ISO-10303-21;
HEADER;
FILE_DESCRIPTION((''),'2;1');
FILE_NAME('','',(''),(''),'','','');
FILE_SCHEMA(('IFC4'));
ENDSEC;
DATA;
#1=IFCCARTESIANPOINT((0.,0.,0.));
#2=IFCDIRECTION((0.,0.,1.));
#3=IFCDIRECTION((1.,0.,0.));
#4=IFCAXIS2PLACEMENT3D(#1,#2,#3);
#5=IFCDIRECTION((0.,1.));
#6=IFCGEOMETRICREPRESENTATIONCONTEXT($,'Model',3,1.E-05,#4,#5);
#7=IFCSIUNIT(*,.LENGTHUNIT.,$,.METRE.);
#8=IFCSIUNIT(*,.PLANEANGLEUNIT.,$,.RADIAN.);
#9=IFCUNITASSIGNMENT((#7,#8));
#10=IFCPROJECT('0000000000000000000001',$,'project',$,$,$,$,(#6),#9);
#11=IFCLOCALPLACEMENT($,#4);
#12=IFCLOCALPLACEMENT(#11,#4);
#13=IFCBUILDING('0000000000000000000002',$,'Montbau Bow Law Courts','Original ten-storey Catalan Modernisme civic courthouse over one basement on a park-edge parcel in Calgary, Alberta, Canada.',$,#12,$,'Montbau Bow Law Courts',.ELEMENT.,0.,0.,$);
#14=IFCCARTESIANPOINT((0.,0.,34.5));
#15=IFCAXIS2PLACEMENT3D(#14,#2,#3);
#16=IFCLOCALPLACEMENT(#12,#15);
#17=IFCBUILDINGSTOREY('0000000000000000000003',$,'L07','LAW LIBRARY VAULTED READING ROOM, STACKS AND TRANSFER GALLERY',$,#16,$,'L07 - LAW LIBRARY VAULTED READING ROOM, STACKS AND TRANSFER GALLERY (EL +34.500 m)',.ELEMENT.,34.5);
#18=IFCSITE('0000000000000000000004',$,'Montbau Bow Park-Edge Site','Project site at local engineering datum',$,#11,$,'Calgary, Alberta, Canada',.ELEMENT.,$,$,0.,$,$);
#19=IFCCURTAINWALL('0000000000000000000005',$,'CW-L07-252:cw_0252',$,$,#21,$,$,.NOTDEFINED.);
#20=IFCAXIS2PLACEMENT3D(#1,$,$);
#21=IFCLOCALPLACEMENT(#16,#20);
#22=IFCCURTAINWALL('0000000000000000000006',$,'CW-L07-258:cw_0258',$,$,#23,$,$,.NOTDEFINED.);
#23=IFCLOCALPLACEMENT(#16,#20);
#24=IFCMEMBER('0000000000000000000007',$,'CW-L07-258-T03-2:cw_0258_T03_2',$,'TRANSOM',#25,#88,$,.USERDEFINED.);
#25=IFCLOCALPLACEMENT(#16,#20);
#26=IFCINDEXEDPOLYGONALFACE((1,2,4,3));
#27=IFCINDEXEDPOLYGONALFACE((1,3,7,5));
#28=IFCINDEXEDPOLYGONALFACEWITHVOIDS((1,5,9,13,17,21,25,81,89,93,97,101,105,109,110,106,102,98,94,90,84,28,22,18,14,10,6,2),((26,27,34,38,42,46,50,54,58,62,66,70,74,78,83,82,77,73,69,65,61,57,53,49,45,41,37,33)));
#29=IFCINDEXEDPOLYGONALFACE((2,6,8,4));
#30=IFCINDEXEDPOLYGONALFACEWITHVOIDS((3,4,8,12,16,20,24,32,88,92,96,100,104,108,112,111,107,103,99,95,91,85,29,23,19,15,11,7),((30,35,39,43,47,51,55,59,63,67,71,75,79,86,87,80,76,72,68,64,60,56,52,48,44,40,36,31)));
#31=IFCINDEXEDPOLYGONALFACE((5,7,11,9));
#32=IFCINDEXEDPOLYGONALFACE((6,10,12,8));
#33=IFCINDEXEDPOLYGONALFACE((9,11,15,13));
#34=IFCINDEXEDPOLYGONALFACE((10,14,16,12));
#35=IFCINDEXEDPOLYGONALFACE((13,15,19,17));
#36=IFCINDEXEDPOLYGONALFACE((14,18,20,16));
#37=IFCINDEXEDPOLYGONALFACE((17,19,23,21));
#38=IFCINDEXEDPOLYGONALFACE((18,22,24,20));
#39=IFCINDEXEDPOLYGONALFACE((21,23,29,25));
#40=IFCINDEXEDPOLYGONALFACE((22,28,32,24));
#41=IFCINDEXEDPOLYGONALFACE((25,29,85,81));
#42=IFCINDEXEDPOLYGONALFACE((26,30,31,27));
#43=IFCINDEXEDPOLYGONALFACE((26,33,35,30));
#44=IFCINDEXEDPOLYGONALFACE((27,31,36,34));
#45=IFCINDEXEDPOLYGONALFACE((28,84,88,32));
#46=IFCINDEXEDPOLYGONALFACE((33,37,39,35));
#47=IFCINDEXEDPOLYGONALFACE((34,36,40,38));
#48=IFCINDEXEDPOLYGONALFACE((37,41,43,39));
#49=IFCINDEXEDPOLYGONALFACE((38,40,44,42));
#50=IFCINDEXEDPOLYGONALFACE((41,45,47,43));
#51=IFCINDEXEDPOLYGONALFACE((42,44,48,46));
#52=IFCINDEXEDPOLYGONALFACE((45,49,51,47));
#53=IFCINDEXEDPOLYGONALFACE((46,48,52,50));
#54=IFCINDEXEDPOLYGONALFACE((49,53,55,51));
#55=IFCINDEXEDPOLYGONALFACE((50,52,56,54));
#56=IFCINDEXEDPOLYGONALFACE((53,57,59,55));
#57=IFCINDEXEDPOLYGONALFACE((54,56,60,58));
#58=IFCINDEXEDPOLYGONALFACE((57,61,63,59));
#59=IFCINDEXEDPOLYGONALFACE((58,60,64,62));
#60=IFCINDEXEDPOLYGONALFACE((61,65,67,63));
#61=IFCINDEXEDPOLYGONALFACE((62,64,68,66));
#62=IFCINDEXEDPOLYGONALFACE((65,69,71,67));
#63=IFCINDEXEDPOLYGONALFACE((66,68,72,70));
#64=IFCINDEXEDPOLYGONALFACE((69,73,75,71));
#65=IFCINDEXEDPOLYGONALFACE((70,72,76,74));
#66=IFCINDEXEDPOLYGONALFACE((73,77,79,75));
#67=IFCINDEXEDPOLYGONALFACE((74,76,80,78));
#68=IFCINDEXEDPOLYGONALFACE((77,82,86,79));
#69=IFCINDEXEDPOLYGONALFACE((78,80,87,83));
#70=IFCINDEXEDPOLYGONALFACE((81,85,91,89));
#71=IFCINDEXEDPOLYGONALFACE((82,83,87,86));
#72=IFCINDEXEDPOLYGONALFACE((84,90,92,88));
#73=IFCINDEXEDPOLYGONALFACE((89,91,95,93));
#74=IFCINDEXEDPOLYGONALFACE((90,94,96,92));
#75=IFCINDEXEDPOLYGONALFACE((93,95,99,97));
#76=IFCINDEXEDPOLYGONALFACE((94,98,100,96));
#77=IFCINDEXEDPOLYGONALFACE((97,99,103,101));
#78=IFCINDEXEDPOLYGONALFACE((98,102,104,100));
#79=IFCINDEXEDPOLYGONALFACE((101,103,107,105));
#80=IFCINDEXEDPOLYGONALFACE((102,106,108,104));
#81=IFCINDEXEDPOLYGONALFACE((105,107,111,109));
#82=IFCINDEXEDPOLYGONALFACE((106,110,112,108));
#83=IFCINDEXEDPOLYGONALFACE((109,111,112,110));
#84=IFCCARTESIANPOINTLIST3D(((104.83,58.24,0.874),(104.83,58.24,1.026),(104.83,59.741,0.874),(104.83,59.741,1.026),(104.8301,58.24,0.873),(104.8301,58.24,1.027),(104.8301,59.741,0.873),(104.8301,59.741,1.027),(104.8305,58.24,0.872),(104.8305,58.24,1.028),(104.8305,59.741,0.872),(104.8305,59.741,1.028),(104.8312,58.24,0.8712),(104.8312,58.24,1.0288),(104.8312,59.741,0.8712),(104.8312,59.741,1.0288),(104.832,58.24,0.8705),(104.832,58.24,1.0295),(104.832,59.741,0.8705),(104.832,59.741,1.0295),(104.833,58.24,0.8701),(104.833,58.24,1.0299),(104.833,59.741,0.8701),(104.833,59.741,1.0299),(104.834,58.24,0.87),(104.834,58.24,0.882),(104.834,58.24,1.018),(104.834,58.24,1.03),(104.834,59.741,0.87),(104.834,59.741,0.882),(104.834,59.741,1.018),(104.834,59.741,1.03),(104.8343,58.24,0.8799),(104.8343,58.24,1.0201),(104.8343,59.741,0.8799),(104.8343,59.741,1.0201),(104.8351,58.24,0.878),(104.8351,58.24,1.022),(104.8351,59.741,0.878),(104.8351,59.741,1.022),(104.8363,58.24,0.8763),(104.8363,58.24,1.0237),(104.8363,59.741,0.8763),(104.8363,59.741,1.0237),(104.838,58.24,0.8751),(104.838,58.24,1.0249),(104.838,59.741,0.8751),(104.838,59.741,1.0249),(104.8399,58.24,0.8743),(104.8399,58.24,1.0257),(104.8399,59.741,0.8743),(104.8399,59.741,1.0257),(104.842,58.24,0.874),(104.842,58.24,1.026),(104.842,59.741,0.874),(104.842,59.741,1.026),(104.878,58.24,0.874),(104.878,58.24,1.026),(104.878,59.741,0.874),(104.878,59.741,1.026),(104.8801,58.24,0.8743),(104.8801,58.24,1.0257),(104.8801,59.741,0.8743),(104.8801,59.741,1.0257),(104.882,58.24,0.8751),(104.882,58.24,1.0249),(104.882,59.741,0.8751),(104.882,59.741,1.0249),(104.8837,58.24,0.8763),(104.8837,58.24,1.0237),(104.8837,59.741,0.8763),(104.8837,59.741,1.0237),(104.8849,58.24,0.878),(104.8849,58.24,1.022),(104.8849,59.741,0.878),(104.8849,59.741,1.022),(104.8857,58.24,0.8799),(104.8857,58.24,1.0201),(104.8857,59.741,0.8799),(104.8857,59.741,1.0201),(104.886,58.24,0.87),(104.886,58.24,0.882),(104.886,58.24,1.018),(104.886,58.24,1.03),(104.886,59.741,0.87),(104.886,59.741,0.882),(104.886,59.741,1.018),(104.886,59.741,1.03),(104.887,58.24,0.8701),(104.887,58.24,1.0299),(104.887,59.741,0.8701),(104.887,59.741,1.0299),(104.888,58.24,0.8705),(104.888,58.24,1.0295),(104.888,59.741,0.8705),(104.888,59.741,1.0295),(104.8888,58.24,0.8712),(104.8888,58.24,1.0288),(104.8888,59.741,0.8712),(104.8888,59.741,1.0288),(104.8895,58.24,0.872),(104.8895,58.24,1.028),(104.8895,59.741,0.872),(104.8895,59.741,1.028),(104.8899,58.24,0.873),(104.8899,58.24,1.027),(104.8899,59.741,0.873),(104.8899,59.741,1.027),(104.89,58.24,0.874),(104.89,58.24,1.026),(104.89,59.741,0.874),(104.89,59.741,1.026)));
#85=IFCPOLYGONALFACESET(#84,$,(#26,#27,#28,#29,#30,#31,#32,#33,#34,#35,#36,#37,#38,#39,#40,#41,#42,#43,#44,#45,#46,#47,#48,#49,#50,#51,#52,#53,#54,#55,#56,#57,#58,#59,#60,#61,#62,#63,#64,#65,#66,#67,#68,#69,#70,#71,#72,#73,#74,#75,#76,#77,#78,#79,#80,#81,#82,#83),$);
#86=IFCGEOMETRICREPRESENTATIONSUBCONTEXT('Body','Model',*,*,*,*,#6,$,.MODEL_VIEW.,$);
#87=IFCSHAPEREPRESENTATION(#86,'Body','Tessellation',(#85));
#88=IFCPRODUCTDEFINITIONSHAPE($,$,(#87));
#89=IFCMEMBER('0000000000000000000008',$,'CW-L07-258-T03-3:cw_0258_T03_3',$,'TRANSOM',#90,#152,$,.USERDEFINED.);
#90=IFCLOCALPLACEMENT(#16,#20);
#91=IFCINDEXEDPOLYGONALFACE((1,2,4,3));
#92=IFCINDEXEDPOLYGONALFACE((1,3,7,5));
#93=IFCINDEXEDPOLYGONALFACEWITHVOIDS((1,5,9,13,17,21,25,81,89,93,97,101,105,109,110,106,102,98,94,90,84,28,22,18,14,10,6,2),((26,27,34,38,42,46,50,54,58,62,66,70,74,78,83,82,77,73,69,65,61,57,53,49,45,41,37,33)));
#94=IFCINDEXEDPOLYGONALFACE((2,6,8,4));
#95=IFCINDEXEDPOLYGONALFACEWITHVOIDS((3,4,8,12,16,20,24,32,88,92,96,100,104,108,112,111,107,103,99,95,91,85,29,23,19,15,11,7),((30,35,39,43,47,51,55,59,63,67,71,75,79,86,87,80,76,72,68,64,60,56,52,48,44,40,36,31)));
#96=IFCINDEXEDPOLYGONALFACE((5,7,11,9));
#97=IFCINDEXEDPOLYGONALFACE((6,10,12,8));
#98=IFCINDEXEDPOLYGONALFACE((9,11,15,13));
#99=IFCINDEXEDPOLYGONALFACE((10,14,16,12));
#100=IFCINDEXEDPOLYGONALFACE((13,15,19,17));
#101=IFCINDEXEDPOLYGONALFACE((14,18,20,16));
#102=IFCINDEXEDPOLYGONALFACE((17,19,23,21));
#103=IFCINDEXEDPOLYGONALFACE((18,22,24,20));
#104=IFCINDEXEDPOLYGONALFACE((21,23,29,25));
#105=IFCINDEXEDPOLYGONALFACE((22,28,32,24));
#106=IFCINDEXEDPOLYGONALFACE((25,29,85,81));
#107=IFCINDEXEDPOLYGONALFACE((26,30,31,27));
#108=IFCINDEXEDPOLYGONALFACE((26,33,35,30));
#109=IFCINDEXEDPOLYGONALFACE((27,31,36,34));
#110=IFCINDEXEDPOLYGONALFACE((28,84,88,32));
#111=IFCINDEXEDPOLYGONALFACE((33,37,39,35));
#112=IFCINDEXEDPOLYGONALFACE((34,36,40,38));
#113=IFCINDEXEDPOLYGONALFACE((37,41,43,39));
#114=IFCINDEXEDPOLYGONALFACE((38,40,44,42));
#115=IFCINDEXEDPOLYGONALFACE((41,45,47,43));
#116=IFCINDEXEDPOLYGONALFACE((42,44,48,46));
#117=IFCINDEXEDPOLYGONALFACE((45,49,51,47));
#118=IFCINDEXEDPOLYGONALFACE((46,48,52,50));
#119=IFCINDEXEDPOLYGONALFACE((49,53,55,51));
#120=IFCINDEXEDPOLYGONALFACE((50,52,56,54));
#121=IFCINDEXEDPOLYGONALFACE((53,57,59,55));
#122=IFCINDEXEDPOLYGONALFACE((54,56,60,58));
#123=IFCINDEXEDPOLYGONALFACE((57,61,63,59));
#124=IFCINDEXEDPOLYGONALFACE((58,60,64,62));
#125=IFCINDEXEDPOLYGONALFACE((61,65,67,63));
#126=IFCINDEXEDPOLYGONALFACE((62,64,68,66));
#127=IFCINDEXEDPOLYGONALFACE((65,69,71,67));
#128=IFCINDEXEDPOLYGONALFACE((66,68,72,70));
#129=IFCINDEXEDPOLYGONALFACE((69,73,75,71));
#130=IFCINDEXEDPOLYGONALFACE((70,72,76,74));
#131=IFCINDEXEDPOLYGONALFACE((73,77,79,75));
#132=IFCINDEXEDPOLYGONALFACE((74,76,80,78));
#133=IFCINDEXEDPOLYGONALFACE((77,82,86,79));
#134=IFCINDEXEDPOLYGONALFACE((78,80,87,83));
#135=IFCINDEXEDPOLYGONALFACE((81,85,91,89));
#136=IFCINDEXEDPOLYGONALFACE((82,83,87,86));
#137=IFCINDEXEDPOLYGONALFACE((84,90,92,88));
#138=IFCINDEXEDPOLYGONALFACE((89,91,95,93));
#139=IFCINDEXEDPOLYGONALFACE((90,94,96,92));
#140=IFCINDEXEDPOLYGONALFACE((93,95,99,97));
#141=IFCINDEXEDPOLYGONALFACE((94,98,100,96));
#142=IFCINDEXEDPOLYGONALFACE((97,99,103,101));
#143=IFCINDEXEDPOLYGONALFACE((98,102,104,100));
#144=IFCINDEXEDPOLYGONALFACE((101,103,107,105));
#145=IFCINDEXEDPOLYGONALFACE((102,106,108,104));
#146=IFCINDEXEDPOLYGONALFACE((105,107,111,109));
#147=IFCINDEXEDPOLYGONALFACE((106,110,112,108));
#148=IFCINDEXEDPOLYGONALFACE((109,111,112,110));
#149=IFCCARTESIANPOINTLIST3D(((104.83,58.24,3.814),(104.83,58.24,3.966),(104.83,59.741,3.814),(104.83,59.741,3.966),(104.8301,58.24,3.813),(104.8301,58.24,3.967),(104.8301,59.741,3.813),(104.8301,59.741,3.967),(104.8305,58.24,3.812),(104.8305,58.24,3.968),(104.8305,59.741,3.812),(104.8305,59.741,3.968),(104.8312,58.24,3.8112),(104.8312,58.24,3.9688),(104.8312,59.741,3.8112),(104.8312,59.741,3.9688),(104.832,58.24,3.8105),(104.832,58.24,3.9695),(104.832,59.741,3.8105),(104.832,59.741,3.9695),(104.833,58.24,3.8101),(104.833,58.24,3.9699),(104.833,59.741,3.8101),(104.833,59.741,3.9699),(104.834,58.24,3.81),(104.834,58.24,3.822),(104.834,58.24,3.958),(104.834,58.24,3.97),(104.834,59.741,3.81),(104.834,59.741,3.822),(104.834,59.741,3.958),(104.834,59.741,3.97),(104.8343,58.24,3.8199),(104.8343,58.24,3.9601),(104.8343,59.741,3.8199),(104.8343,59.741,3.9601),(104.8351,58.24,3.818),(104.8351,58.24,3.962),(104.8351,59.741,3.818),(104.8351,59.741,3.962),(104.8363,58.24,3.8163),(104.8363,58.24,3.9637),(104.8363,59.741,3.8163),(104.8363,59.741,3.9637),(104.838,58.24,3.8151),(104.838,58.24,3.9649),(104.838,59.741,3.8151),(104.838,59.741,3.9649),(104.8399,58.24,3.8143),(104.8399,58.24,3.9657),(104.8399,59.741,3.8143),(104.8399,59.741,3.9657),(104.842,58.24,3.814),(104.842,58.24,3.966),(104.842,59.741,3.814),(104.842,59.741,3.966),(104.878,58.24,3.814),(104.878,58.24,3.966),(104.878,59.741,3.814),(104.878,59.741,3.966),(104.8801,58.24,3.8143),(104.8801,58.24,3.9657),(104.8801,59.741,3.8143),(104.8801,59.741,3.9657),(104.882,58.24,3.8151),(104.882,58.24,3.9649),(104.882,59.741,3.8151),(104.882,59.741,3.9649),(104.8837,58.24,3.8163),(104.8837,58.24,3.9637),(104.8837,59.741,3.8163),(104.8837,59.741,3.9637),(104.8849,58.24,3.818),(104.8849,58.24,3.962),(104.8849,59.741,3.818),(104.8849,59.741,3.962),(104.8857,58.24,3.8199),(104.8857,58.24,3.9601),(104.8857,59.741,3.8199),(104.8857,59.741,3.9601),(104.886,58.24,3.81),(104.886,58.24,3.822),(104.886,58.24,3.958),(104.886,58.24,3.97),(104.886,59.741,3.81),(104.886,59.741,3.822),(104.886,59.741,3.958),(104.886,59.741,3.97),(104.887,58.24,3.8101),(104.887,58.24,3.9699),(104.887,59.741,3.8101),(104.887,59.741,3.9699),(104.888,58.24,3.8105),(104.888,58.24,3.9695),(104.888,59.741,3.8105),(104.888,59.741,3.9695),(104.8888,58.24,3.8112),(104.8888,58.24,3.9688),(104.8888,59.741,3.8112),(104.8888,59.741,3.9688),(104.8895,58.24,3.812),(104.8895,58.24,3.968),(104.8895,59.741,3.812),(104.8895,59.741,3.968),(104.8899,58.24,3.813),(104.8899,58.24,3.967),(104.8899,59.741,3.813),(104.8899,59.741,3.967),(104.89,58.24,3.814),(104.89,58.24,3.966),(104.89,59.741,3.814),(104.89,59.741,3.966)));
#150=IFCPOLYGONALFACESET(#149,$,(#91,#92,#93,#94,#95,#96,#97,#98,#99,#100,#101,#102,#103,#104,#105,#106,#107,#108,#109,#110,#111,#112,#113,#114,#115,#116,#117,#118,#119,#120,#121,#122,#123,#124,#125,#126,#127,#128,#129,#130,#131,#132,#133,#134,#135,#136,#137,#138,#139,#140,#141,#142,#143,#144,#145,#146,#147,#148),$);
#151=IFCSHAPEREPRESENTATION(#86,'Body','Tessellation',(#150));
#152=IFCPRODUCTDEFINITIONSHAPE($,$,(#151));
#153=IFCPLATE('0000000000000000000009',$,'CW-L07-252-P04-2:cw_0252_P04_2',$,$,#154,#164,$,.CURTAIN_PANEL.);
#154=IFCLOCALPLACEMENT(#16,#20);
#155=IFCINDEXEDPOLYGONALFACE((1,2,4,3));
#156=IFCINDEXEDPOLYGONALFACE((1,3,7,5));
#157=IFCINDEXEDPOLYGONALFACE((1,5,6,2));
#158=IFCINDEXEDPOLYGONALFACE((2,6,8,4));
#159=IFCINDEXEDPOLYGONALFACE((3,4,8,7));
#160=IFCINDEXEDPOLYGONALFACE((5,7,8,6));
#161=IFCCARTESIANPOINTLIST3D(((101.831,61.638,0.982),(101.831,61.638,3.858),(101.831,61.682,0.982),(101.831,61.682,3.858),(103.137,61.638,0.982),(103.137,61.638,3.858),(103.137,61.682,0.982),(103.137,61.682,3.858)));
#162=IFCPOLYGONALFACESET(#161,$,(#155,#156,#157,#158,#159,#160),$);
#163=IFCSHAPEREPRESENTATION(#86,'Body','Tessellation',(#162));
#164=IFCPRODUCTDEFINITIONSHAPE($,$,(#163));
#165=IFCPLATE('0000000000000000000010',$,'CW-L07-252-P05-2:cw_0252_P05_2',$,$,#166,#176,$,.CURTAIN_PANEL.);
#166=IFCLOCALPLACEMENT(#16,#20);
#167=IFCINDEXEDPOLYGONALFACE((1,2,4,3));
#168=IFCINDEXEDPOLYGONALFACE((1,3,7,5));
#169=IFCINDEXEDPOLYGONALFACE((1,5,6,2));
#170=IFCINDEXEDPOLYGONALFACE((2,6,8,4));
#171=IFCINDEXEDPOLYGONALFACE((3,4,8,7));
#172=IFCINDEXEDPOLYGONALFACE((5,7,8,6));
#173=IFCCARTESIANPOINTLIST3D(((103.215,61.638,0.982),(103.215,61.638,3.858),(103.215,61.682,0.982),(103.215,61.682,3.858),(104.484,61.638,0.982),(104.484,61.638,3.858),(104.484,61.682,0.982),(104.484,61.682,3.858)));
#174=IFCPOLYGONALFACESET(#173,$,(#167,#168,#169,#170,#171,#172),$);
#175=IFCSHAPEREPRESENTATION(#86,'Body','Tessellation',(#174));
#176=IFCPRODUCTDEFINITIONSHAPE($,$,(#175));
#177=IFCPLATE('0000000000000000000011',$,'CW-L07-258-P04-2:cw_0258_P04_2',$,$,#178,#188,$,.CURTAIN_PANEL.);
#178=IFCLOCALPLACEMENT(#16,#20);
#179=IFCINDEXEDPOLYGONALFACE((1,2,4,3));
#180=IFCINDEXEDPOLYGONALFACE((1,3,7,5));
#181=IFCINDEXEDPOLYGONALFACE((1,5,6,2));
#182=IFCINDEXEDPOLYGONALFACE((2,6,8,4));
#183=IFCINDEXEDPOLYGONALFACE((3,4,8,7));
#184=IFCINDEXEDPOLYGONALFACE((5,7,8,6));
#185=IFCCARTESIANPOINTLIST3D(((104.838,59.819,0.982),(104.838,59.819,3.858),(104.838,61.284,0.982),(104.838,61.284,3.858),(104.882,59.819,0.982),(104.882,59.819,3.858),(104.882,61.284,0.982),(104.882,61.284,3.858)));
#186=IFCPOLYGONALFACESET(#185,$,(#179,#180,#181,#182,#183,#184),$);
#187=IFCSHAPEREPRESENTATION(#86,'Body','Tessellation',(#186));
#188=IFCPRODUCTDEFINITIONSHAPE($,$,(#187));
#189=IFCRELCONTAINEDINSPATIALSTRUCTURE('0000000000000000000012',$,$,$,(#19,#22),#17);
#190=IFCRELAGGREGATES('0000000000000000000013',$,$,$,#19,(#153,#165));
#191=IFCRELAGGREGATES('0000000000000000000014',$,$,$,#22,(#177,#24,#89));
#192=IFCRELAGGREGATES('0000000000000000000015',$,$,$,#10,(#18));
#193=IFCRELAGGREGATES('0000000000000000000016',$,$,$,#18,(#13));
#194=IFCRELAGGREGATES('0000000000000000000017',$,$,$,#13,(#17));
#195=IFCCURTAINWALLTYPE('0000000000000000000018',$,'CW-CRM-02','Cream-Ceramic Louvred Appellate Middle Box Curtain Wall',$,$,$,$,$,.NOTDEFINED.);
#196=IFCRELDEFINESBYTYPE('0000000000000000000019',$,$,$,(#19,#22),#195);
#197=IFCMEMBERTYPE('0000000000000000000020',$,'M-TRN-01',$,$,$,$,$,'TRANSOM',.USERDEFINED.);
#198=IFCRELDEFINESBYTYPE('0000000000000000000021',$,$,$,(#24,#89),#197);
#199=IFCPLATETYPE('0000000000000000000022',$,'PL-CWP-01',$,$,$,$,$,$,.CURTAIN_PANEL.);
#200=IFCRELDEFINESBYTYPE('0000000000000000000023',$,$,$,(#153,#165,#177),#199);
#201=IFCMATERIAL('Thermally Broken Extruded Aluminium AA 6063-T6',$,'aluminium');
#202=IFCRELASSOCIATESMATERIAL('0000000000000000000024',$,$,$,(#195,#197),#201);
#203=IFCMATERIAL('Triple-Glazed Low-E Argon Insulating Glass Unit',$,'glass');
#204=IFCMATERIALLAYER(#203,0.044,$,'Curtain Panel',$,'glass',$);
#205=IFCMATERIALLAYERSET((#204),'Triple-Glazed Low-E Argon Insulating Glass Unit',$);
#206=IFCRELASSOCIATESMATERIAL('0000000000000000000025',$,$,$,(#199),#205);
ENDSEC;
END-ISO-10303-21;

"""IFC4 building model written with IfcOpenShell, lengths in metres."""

from ifc_helpers import new_model, si_unit, direction, frame, frame_2d, origin_with_axes, origin_2d_with_axis, place, context, subcontext, project, spatial, rectangle, hollow_rectangle, extrude, material, layer, layer_set, material_profile, profile_set, type_object, element, aggregate, save


model = new_model("IFC4")

# Units and contexts
model_context = context("Model", 3, precision=1e-05, world=origin_with_axes(), true_north=direction((0.0, 1.0)))
body_context = subcontext(model_context, "Body", "Model", "MODEL_VIEW")
ifc_project = project(units=[si_unit("LENGTHUNIT", "METRE"), si_unit("PLANEANGLEUNIT", "RADIAN")], contexts=[model_context])

# Site, building, storey
site_placement = place(None, origin_with_axes())
site = spatial("IfcSite", under=ifc_project, at=site_placement, Name="Montbau Bow Park-Edge Site", Description="Project site at local engineering datum", LongName="Calgary, Alberta, Canada", CompositionType="ELEMENT", RefElevation=0.0)
building_placement = place(site_placement, origin_with_axes())
building = spatial("IfcBuilding", under=site, at=building_placement, Name="Montbau Bow Law Courts", Description="Original ten-storey Catalan Modernisme civic courthouse over one basement on a park-edge parcel in Calgary, Alberta, Canada.", LongName="Montbau Bow Law Courts", CompositionType="ELEMENT", ElevationOfRefHeight=0.0, ElevationOfTerrain=0.0)
storey_placement = place(building_placement, frame((0.0, 0.0, 34.5), z_axis=(0.0, 0.0, 1.0), x_axis=(1.0, 0.0, 0.0)))
storey = spatial("IfcBuildingStorey", under=building, at=storey_placement, Name="L07", Description="LAW LIBRARY VAULTED READING ROOM, STACKS AND TRANSFER GALLERY", LongName="L07 - LAW LIBRARY VAULTED READING ROOM, STACKS AND TRANSFER GALLERY (EL +34.500 m)", CompositionType="ELEMENT", Elevation=34.5)

# Curtain wall
ifc_material_1 = material(Name="Thermally Broken Extruded Aluminium AA 6063-T6", Category="aluminium")
curtain_wall_type = type_object("IfcCurtainWallType", Name="CW-CRM-02", Description="Cream-Ceramic Louvred Appellate Middle Box Curtain Wall", PredefinedType="NOTDEFINED", material=ifc_material_1)
curtain_wall_1_placement = place(None, frame((97.64, 61.66, 34.5), z_axis=(0.0, 0.0, 1.0), x_axis=(1.0, 0.0, 0.0)))
curtain_wall_1 = element("IfcCurtainWall", 1, at=curtain_wall_1_placement, inside=storey, type_object=curtain_wall_type, Name="CW-L07-252:cw_0252", PredefinedType="NOTDEFINED")

# Curtain wall
curtain_wall_2_placement = place(None, frame((104.86, 55.04, 34.5), z_axis=(0.0, 0.0, 1.0), x_axis=(1.0, 0.0, 0.0)))
curtain_wall_2 = element("IfcCurtainWall", 2, at=curtain_wall_2_placement, inside=storey, type_object=curtain_wall_type, Name="CW-L07-258:cw_0258", PredefinedType="NOTDEFINED")

# Members
ifc_material_profile_1 = material_profile(ifc_material_1, hollow_rectangle(XDim=0.06, YDim=0.16, WallThickness=0.004, InnerFilletRadius=0.008, OuterFilletRadius=0.004, at=origin_2d_with_axis()), Name="CWT-160X60", Category="Main", Priority=0)
ifc_profile_set_1 = profile_set([ifc_material_profile_1], Name="Thermally Broken Extruded Aluminium AA 6063-T6")
member_type_1 = type_object("IfcMemberType", Name="M-TRN-01", ElementType="TRANSOM", PredefinedType="USERDEFINED", material=ifc_profile_set_1)
member_1_placement = place(None, frame((104.86, 58.24, 35.45), z_axis=(0.0, 1.0, 0.0), x_axis=(-1.0, 0.0, 0.0)))
member_1 = element("IfcMember", 3, at=member_1_placement, type_object=member_type_1, Name="CW-L07-258-T03-2:cw_0258_T03_2", ObjectType="TRANSOM", PredefinedType="USERDEFINED", context=body_context, shape_type="SweptSolid", body=[
    extrude(hollow_rectangle(XDim=0.06, YDim=0.16, WallThickness=0.004, InnerFilletRadius=0.008, OuterFilletRadius=0.004, at=origin_2d_with_axis()), origin_with_axes(), (0.0, 0.0, 1.0), 1.501),
])
member_2_placement = place(None, frame((104.86, 58.24, 38.39), z_axis=(0.0, 1.0, 0.0), x_axis=(-1.0, 0.0, 0.0)))
member_2 = element("IfcMember", 4, at=member_2_placement, type_object=member_type_1, Name="CW-L07-258-T03-3:cw_0258_T03_3", ObjectType="TRANSOM", PredefinedType="USERDEFINED", context=body_context, shape_type="SweptSolid", body=[
    extrude(hollow_rectangle(XDim=0.06, YDim=0.16, WallThickness=0.004, InnerFilletRadius=0.008, OuterFilletRadius=0.004, at=origin_2d_with_axis()), origin_with_axes(), (0.0, 0.0, 1.0), 1.501),
])

# Plates
ifc_material_2 = material(Name="Triple-Glazed Low-E Argon Insulating Glass Unit", Category="glass")
ifc_layer_1 = layer(ifc_material_2, 0.044, Name="Curtain Panel", Category="glass")
ifc_layer_set_1 = layer_set([ifc_layer_1], Name="Triple-Glazed Low-E Argon Insulating Glass Unit")
plate_type_1 = type_object("IfcPlateType", Name="PL-CWP-01", PredefinedType="CURTAIN_PANEL", material=ifc_layer_set_1)
plate_1_placement = place(None, frame((101.831, 61.66, 35.482), z_axis=(0.0, -1.0, 0.0), x_axis=(1.0, 0.0, 0.0)))
plate_1 = element("IfcPlate", 5, at=plate_1_placement, type_object=plate_type_1, Name="CW-L07-252-P04-2:cw_0252_P04_2", PredefinedType="CURTAIN_PANEL", context=body_context, shape_type="SweptSolid", body=[
    extrude(rectangle(XDim=1.306, YDim=2.876, at=frame_2d((0.653, 1.438), x_axis=(1.0, 0.0))), frame((0.0, 0.0, -0.022), z_axis=(0.0, 0.0, 1.0), x_axis=(1.0, 0.0, 0.0)), (0.0, 0.0, 1.0), 0.044),
])
plate_2_placement = place(None, frame((103.215, 61.66, 35.482), z_axis=(0.0, -1.0, 0.0), x_axis=(1.0, 0.0, 0.0)))
plate_2 = element("IfcPlate", 6, at=plate_2_placement, type_object=plate_type_1, Name="CW-L07-252-P05-2:cw_0252_P05_2", PredefinedType="CURTAIN_PANEL", context=body_context, shape_type="SweptSolid", body=[
    extrude(rectangle(XDim=1.269, YDim=2.876, at=frame_2d((0.6345, 1.438), x_axis=(1.0, 0.0))), frame((0.0, 0.0, -0.022), z_axis=(0.0, 0.0, 1.0), x_axis=(1.0, 0.0, 0.0)), (0.0, 0.0, 1.0), 0.044),
])
plate_3_placement = place(None, frame((104.86, 59.819, 35.482), z_axis=(1.0, 0.0, 0.0), x_axis=(0.0, 1.0, 0.0)))
plate_3 = element("IfcPlate", 7, at=plate_3_placement, type_object=plate_type_1, Name="CW-L07-258-P04-2:cw_0258_P04_2", PredefinedType="CURTAIN_PANEL", context=body_context, shape_type="SweptSolid", body=[
    extrude(rectangle(XDim=1.465, YDim=2.876, at=frame_2d((0.7325, 1.438), x_axis=(1.0, 0.0))), frame((0.0, 0.0, -0.022), z_axis=(0.0, 0.0, 1.0), x_axis=(1.0, 0.0, 0.0)), (0.0, 0.0, 1.0), 0.044),
])
aggregate(curtain_wall_1, [plate_1, plate_2])
aggregate(curtain_wall_2, [plate_3, member_1, member_2])

save(model, "model.ifc")
